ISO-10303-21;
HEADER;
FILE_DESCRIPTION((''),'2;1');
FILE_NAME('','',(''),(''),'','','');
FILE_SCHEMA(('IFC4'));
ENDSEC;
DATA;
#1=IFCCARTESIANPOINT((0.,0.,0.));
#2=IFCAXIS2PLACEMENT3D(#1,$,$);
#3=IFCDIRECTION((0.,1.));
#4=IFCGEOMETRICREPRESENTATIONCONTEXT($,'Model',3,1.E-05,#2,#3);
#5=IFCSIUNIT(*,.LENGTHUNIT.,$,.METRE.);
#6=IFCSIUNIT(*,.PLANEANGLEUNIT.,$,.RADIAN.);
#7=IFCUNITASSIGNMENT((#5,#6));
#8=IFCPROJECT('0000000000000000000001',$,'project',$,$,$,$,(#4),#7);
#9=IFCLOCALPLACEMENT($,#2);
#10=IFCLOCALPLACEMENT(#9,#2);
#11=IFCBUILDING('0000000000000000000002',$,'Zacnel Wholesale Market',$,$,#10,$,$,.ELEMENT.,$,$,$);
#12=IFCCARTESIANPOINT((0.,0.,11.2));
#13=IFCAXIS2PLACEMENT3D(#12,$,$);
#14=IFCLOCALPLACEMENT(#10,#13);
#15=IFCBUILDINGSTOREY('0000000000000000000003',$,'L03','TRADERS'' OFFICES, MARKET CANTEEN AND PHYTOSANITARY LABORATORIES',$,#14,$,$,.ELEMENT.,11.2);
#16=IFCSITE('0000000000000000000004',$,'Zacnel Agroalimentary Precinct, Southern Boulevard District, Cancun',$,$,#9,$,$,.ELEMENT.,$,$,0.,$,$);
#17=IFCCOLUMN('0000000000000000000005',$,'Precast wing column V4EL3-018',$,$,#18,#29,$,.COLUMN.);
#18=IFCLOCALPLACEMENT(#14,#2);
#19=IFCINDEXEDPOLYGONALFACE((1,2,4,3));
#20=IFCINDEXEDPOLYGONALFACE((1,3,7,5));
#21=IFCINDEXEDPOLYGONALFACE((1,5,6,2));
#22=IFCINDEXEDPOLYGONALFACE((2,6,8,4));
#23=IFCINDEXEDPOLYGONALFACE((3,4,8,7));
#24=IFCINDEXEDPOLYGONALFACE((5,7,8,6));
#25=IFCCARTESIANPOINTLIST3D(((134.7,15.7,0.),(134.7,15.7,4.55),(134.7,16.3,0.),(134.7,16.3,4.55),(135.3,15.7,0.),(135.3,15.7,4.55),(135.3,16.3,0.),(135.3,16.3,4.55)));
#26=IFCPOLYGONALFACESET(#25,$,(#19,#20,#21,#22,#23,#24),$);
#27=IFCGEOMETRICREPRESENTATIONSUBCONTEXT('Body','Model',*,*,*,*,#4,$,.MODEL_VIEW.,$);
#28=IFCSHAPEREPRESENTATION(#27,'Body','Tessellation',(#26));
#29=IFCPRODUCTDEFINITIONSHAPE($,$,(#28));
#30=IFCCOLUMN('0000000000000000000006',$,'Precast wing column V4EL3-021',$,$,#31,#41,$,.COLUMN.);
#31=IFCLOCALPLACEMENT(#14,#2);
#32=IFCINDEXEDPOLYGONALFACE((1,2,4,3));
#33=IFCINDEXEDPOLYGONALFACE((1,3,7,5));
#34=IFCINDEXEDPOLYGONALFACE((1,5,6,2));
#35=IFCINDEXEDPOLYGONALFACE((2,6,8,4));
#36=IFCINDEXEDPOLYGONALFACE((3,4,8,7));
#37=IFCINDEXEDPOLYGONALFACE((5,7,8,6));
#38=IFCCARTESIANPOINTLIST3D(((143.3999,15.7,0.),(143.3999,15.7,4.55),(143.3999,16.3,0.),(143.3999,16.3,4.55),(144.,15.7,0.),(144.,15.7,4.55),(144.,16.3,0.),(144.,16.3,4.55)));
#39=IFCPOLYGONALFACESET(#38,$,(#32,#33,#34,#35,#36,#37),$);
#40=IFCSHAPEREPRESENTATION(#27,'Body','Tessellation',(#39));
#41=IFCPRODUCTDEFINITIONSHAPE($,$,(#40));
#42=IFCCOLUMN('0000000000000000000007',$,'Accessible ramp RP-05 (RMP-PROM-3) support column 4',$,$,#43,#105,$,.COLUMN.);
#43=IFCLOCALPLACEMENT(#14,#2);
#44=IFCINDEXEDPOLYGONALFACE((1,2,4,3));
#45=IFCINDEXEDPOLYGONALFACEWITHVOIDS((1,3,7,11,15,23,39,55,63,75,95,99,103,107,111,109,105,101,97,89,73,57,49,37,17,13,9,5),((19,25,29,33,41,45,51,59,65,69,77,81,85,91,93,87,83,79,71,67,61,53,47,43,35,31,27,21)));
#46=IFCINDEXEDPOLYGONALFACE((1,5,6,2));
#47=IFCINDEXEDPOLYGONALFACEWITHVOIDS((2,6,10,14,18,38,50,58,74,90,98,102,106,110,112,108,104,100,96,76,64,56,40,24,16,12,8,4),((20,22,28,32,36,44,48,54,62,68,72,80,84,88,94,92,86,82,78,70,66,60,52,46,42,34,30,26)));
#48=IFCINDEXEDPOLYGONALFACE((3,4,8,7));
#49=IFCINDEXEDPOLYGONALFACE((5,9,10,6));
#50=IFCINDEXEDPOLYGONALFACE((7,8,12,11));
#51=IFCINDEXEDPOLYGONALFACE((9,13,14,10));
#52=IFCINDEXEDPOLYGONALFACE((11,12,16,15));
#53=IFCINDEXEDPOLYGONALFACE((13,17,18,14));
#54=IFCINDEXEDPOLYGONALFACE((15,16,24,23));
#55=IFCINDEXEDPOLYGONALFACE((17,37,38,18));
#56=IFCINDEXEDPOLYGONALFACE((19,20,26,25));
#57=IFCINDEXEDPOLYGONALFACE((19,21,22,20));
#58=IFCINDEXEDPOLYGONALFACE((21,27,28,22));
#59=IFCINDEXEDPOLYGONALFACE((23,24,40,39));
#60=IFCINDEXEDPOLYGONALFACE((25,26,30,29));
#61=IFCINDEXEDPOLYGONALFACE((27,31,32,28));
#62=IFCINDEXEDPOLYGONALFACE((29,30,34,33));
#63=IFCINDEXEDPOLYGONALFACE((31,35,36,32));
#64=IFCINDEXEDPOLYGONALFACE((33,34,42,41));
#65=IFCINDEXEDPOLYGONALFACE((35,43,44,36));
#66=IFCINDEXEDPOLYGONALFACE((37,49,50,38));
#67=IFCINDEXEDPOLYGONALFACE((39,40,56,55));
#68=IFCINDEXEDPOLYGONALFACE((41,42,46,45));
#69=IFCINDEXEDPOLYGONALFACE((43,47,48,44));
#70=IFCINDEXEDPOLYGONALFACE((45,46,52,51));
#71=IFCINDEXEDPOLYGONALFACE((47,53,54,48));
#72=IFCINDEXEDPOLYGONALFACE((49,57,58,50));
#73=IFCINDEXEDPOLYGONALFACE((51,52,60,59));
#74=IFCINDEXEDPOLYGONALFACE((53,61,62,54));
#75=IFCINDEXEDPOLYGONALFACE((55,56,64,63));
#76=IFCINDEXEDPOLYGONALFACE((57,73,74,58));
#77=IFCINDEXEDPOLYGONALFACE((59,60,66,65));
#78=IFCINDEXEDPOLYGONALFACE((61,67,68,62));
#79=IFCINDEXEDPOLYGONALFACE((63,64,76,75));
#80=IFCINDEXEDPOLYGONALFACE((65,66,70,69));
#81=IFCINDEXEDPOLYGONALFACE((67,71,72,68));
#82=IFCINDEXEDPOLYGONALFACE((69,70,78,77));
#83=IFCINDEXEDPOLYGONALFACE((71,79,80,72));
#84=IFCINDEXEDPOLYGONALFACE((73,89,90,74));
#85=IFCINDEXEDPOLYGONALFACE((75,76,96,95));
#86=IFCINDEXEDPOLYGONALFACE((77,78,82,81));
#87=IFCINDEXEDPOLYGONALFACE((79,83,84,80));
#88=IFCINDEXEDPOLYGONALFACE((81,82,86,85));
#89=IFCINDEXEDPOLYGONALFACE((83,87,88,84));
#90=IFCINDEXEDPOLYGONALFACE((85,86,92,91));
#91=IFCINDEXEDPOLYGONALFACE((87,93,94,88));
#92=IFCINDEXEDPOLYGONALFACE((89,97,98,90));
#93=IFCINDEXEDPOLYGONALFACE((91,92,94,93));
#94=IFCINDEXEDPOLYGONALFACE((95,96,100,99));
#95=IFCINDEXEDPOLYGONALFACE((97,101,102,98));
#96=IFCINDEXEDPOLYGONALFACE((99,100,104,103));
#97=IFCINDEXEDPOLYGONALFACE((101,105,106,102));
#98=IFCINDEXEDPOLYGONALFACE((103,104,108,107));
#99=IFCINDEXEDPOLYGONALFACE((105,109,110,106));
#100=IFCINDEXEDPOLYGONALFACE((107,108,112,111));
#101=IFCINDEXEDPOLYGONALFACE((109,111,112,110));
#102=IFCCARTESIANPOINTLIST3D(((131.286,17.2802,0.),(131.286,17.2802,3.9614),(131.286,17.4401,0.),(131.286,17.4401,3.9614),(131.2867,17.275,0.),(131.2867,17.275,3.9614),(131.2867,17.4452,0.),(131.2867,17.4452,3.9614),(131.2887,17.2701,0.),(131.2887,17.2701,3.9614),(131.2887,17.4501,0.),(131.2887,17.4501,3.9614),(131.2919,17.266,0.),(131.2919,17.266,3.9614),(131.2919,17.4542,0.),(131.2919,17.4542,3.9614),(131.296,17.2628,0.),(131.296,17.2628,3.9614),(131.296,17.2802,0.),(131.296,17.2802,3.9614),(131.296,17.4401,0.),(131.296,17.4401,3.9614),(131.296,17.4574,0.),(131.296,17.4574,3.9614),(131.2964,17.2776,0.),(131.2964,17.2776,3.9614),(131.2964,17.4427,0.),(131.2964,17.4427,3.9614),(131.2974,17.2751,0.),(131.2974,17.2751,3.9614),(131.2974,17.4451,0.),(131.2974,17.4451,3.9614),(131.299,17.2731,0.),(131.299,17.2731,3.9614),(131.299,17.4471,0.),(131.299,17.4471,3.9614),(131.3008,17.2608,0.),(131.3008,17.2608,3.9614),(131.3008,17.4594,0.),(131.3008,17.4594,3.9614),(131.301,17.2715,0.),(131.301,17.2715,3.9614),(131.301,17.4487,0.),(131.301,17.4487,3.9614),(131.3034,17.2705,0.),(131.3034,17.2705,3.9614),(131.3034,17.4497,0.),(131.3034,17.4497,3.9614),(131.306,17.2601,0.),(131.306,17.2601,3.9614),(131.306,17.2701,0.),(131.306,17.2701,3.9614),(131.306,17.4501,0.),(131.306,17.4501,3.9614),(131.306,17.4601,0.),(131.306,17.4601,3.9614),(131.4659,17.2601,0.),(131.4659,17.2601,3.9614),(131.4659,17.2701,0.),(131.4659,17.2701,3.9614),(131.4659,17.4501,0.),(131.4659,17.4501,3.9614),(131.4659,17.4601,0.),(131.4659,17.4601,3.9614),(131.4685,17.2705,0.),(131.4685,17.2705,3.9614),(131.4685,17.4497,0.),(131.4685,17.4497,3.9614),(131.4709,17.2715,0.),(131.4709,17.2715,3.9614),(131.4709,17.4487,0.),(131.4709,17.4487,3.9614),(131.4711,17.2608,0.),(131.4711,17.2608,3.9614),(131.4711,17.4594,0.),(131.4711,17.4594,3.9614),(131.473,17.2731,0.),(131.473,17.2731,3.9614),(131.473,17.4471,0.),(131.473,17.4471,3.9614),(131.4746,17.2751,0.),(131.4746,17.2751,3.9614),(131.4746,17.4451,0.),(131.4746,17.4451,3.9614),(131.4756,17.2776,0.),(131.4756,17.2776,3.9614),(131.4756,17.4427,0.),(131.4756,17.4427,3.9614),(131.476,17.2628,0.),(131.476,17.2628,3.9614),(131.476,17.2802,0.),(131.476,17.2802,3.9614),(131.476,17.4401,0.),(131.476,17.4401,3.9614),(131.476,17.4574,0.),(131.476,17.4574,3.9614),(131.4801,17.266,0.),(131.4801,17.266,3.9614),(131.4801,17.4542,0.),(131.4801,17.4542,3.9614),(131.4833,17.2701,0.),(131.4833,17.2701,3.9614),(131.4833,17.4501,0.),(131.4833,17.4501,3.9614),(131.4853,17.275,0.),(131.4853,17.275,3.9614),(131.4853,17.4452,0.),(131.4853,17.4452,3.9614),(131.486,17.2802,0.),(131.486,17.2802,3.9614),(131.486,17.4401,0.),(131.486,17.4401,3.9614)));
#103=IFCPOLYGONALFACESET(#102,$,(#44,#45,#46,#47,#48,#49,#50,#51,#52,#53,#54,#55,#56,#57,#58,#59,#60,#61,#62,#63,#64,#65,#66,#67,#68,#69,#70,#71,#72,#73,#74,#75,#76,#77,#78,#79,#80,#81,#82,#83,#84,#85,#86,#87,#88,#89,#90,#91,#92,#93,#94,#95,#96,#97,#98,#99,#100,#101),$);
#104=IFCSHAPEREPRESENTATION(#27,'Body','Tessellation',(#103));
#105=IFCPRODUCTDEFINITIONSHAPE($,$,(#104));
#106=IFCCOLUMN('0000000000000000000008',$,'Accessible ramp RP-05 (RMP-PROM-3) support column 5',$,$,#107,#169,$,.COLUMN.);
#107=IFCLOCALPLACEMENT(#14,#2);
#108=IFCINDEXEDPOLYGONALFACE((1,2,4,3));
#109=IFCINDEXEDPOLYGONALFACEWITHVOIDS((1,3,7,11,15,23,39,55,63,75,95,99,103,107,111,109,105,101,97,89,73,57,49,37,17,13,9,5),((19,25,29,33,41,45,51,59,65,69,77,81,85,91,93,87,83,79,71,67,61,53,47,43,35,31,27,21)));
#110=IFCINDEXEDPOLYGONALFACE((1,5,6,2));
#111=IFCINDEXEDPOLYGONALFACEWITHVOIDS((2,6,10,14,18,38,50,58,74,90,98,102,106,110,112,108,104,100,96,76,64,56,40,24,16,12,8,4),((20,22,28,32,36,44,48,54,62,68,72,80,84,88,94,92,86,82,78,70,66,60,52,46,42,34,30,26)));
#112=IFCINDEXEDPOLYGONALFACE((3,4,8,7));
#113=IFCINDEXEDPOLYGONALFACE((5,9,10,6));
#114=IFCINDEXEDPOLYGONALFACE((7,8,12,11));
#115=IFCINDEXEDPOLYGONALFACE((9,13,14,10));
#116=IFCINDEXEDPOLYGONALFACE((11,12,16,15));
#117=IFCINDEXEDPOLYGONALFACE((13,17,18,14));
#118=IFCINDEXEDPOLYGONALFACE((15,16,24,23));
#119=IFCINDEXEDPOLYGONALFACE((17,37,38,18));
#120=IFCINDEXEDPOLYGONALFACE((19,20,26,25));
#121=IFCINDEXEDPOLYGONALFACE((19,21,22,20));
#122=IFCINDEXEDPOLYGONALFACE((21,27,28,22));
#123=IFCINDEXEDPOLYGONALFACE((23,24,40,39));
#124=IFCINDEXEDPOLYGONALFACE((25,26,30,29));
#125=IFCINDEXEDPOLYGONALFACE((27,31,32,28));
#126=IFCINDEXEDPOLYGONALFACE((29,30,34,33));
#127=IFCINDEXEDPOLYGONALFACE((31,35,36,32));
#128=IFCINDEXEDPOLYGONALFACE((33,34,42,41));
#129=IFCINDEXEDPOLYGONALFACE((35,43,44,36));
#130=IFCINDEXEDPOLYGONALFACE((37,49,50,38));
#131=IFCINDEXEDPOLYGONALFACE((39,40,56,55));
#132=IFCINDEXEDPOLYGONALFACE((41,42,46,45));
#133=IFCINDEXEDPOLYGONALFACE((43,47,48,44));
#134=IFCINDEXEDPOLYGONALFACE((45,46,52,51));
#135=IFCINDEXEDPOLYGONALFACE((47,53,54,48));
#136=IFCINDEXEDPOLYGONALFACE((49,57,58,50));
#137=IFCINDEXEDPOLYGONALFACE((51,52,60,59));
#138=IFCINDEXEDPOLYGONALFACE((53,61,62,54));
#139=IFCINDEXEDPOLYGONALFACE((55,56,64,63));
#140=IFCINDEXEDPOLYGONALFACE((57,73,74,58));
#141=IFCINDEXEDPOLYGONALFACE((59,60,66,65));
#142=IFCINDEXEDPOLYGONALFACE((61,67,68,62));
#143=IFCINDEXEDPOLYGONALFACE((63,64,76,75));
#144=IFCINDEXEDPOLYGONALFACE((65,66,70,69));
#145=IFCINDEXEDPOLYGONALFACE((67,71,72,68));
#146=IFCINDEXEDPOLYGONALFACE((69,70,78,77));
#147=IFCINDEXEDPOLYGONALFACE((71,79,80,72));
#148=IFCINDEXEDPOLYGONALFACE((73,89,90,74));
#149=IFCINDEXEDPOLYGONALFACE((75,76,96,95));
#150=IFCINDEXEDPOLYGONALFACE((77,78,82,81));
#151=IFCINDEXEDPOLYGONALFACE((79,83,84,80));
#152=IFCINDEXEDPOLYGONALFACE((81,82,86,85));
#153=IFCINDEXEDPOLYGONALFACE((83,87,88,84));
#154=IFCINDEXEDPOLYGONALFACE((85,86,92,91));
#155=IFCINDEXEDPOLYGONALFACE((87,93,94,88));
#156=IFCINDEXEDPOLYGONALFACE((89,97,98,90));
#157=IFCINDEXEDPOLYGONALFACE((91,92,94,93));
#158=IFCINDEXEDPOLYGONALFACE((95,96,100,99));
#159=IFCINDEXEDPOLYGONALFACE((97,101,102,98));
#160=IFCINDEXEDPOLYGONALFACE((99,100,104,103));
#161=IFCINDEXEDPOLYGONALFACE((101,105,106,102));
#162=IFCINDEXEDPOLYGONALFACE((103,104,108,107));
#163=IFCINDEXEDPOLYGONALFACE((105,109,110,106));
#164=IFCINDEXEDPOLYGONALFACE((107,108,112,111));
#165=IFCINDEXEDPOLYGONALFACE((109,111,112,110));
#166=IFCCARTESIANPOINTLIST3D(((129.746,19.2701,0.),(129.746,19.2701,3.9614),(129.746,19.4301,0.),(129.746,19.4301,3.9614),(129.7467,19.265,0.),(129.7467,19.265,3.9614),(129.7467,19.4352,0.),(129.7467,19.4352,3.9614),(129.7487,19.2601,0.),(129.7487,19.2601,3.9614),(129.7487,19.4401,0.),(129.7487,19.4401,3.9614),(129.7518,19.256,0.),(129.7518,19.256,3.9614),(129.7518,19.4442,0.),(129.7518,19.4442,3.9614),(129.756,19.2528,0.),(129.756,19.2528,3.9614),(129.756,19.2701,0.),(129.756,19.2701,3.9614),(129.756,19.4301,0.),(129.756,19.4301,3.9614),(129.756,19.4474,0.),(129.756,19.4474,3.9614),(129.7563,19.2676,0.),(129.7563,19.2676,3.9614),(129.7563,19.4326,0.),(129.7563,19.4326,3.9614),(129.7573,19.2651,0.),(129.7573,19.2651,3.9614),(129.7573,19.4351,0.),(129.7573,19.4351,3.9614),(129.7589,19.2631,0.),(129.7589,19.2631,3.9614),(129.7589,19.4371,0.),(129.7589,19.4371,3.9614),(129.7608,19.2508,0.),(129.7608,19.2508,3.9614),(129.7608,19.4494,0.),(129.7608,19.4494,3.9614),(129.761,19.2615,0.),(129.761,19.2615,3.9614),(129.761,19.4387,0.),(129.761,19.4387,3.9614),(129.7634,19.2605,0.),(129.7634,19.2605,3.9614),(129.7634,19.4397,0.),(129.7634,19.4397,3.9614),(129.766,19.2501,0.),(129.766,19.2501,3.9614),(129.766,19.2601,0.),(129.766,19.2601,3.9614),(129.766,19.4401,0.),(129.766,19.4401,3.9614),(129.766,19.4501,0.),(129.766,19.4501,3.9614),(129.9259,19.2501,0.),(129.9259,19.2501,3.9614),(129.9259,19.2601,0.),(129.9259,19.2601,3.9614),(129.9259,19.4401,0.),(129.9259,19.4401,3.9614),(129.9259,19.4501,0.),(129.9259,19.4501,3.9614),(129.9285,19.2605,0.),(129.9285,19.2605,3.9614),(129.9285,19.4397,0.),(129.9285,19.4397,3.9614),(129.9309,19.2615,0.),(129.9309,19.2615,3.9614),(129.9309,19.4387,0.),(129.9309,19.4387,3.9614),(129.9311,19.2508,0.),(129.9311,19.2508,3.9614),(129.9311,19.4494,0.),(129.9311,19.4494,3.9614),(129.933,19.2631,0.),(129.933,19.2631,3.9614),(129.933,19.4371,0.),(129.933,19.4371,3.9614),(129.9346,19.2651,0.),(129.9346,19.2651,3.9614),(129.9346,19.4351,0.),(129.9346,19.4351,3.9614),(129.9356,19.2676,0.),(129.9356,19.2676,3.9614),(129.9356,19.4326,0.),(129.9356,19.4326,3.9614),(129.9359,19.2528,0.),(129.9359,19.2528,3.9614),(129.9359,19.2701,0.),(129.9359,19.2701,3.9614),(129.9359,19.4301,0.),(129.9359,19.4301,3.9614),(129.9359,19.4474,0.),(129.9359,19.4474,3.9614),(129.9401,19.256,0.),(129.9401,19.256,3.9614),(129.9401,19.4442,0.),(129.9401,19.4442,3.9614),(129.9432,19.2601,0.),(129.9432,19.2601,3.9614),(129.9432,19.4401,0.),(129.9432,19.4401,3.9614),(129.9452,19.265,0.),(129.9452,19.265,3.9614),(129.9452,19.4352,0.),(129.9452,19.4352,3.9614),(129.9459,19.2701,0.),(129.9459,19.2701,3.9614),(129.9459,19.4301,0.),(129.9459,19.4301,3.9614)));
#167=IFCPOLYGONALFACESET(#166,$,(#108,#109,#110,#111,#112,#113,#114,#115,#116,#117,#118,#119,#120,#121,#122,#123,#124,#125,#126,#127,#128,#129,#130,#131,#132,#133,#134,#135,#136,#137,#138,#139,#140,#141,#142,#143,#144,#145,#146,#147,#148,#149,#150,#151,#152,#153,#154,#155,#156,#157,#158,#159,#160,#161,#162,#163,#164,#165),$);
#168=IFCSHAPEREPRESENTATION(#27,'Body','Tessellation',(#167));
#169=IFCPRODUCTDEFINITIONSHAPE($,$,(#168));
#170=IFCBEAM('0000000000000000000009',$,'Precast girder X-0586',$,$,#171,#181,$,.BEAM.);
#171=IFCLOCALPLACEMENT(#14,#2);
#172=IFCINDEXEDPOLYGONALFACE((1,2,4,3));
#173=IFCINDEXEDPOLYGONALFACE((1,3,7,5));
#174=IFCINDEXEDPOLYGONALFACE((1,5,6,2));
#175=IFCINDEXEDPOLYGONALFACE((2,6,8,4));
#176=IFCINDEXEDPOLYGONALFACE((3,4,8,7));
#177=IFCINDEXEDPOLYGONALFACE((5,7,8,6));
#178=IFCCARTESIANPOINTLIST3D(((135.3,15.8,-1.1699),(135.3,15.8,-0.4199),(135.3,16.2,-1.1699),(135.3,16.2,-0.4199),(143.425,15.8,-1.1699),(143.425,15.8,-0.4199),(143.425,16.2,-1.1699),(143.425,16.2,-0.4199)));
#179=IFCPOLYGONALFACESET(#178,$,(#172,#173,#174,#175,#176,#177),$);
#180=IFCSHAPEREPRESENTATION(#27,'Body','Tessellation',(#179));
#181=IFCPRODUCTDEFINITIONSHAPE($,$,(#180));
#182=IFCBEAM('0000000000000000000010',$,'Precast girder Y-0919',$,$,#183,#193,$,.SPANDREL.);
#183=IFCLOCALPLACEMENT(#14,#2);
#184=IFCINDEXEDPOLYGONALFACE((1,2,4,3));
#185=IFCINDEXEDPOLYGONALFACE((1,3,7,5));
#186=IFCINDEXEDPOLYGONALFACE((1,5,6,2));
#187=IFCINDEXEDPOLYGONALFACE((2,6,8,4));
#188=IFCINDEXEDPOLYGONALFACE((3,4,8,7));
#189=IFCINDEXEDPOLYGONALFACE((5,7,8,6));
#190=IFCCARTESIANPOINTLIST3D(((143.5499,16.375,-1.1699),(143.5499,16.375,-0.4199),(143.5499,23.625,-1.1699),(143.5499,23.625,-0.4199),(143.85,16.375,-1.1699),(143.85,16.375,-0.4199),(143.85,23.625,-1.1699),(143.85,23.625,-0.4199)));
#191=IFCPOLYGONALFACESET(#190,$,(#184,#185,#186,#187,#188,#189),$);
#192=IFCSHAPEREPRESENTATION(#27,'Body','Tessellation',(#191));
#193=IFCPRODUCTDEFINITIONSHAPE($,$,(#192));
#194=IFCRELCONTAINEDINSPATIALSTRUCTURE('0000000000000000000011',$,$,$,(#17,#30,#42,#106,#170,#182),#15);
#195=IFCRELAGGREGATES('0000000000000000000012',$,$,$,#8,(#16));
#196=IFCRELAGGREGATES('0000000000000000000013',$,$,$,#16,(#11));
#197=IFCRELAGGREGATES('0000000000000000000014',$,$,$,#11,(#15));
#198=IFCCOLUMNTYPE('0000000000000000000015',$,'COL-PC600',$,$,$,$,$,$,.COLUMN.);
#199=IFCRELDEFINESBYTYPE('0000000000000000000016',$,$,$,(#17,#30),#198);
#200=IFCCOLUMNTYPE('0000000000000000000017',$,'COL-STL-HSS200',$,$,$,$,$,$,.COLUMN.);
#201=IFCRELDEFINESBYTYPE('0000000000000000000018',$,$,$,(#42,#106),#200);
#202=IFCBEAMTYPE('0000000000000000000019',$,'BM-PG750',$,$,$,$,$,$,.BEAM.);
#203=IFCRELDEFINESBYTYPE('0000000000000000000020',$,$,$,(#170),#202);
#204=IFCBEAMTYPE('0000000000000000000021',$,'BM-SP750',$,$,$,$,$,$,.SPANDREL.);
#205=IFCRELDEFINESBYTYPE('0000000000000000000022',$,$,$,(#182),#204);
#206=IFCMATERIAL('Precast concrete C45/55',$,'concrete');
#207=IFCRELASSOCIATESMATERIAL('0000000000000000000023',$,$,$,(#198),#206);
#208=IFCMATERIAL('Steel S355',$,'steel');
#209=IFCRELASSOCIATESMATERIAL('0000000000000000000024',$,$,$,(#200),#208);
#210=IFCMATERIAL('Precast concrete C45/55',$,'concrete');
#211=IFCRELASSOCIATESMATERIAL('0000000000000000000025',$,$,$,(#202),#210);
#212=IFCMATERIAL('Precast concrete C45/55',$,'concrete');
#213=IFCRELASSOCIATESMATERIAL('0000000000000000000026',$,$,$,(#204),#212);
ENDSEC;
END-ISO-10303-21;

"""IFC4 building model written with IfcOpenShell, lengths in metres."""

from ifc_helpers import new_model, si_unit, direction, frame, origin, origin_2d, place, context, subcontext, project, spatial, rectangle, hollow_rectangle, extrude, material, material_profile, profile_set, type_object, element, save


model = new_model("IFC4")

# Units and contexts
model_context = context("Model", 3, precision=1e-05, world=origin(), true_north=direction((0.0, 1.0)))
body_context = subcontext(model_context, "Body", "Model", "MODEL_VIEW")
ifc_project = project(units=[si_unit("LENGTHUNIT", "METRE"), si_unit("PLANEANGLEUNIT", "RADIAN")], contexts=[model_context])

# Site, building, storey
site_placement = place(None, origin())
site = spatial("IfcSite", under=ifc_project, at=site_placement, Name="Zacnel Agroalimentary Precinct, Southern Boulevard District, Cancun", CompositionType="ELEMENT", RefElevation=0.0)
building_placement = place(site_placement, origin())
building = spatial("IfcBuilding", under=site, at=building_placement, Name="Zacnel Wholesale Market", CompositionType="ELEMENT")
storey_placement = place(building_placement, frame((0.0, 0.0, 11.2)))
storey = spatial("IfcBuildingStorey", under=building, at=storey_placement, Name="L03", Description="TRADERS' OFFICES, MARKET CANTEEN AND PHYTOSANITARY LABORATORIES", CompositionType="ELEMENT", Elevation=11.2)

# Columns
ifc_material_1 = material(Name="Precast concrete C45/55", Category="concrete")
ifc_material_profile_1 = material_profile(ifc_material_1, rectangle(XDim=0.6001, YDim=0.6001, at=origin_2d()), Name="PC 600x600")
ifc_profile_set_1 = profile_set([ifc_material_profile_1], Name="Precast concrete C45/55")
column_type_1 = type_object("IfcColumnType", Name="COL-PC600", PredefinedType="COLUMN", material=ifc_profile_set_1)
for number, where, z_axis, x_axis, name in (
    (1, (135.0, 16.0, 0.0), (0.0, 0.0, 1.0), (1.0, 0.0, 0.0), "Precast wing column V4EL3-018"),
    (2, (143.7, 16.0, 0.0), (0.0, 0.0, 1.0), (1.0, 0.0, 0.0), "Precast wing column V4EL3-021"),
):
    element("IfcColumn", number, at=place(storey_placement, frame(where, z_axis=z_axis, x_axis=x_axis)), inside=storey, type_object=column_type_1, Name=name, PredefinedType="COLUMN", context=body_context, shape_type="SweptSolid", body=[
        extrude(rectangle(XDim=0.6001, YDim=0.6001, at=origin_2d()), origin(), (0.0, 0.0, 1.0), 4.55),
    ])
ifc_material_2 = material(Name="Steel S355", Category="steel")
ifc_material_profile_2 = material_profile(ifc_material_2, hollow_rectangle(XDim=0.2, YDim=0.2, WallThickness=0.01, InnerFilletRadius=0.01, OuterFilletRadius=0.02, at=origin_2d()), Name="HSS 200x200x10")
ifc_profile_set_2 = profile_set([ifc_material_profile_2], Name="Steel S355")
column_type_2 = type_object("IfcColumnType", Name="COL-STL-HSS200", PredefinedType="COLUMN", material=ifc_profile_set_2)
for number, where, z_axis, x_axis, name in (
    (3, (131.386, 17.3601, 0.0), (0.0, 0.0, 1.0), (1.0, 0.0, 0.0), "Accessible ramp RP-05 (RMP-PROM-3) support column 4"),
    (4, (129.8459, 19.3501, 0.0), (0.0, 0.0, 1.0), (1.0, 0.0, 0.0), "Accessible ramp RP-05 (RMP-PROM-3) support column 5"),
):
    element("IfcColumn", number, at=place(storey_placement, frame(where, z_axis=z_axis, x_axis=x_axis)), inside=storey, type_object=column_type_2, Name=name, PredefinedType="COLUMN", context=body_context, shape_type="SweptSolid", body=[
        extrude(hollow_rectangle(XDim=0.2, YDim=0.2, WallThickness=0.01, InnerFilletRadius=0.01, OuterFilletRadius=0.02, at=origin_2d()), origin(), (0.0, 0.0, 1.0), 3.9614),
    ])

# Beams
ifc_material_3 = material(Name="Precast concrete C45/55", Category="concrete")
ifc_material_profile_3 = material_profile(ifc_material_3, rectangle(XDim=0.3999, YDim=0.75, at=origin_2d()), Name="PG 400x750")
ifc_profile_set_3 = profile_set([ifc_material_profile_3], Name="Precast concrete C45/55")
beam_type_1 = type_object("IfcBeamType", Name="BM-PG750", PredefinedType="BEAM", material=ifc_profile_set_3)
beam_1_placement = place(storey_placement, frame((135.3, 16.0, -0.7949), z_axis=(1.0, 0.0, 0.0), x_axis=(0.0, 1.0, 0.0)))
element("IfcBeam", 5, at=beam_1_placement, inside=storey, type_object=beam_type_1, Name="Precast girder X-0586", PredefinedType="BEAM", context=body_context, shape_type="SweptSolid", body=[
    extrude(rectangle(XDim=0.3999, YDim=0.75, at=origin_2d()), origin(), (0.0, 0.0, 1.0), 8.125),
])
ifc_material_4 = material(Name="Precast concrete C45/55", Category="concrete")
ifc_material_profile_4 = material_profile(ifc_material_4, rectangle(XDim=0.3, YDim=0.75, at=origin_2d()), Name="SP 300x750")
ifc_profile_set_4 = profile_set([ifc_material_profile_4], Name="Precast concrete C45/55")
beam_type_2 = type_object("IfcBeamType", Name="BM-SP750", PredefinedType="SPANDREL", material=ifc_profile_set_4)
beam_2_placement = place(storey_placement, frame((143.7, 16.375, -0.7949), z_axis=(0.0, 1.0, 0.0), x_axis=(-1.0, 0.0, 0.0)))
element("IfcBeam", 6, at=beam_2_placement, inside=storey, type_object=beam_type_2, Name="Precast girder Y-0919", PredefinedType="SPANDREL", context=body_context, shape_type="SweptSolid", body=[
    extrude(rectangle(XDim=0.3, YDim=0.75, at=origin_2d()), origin(), (0.0, 0.0, 1.0), 7.25),
])

save(model, "model.ifc")
